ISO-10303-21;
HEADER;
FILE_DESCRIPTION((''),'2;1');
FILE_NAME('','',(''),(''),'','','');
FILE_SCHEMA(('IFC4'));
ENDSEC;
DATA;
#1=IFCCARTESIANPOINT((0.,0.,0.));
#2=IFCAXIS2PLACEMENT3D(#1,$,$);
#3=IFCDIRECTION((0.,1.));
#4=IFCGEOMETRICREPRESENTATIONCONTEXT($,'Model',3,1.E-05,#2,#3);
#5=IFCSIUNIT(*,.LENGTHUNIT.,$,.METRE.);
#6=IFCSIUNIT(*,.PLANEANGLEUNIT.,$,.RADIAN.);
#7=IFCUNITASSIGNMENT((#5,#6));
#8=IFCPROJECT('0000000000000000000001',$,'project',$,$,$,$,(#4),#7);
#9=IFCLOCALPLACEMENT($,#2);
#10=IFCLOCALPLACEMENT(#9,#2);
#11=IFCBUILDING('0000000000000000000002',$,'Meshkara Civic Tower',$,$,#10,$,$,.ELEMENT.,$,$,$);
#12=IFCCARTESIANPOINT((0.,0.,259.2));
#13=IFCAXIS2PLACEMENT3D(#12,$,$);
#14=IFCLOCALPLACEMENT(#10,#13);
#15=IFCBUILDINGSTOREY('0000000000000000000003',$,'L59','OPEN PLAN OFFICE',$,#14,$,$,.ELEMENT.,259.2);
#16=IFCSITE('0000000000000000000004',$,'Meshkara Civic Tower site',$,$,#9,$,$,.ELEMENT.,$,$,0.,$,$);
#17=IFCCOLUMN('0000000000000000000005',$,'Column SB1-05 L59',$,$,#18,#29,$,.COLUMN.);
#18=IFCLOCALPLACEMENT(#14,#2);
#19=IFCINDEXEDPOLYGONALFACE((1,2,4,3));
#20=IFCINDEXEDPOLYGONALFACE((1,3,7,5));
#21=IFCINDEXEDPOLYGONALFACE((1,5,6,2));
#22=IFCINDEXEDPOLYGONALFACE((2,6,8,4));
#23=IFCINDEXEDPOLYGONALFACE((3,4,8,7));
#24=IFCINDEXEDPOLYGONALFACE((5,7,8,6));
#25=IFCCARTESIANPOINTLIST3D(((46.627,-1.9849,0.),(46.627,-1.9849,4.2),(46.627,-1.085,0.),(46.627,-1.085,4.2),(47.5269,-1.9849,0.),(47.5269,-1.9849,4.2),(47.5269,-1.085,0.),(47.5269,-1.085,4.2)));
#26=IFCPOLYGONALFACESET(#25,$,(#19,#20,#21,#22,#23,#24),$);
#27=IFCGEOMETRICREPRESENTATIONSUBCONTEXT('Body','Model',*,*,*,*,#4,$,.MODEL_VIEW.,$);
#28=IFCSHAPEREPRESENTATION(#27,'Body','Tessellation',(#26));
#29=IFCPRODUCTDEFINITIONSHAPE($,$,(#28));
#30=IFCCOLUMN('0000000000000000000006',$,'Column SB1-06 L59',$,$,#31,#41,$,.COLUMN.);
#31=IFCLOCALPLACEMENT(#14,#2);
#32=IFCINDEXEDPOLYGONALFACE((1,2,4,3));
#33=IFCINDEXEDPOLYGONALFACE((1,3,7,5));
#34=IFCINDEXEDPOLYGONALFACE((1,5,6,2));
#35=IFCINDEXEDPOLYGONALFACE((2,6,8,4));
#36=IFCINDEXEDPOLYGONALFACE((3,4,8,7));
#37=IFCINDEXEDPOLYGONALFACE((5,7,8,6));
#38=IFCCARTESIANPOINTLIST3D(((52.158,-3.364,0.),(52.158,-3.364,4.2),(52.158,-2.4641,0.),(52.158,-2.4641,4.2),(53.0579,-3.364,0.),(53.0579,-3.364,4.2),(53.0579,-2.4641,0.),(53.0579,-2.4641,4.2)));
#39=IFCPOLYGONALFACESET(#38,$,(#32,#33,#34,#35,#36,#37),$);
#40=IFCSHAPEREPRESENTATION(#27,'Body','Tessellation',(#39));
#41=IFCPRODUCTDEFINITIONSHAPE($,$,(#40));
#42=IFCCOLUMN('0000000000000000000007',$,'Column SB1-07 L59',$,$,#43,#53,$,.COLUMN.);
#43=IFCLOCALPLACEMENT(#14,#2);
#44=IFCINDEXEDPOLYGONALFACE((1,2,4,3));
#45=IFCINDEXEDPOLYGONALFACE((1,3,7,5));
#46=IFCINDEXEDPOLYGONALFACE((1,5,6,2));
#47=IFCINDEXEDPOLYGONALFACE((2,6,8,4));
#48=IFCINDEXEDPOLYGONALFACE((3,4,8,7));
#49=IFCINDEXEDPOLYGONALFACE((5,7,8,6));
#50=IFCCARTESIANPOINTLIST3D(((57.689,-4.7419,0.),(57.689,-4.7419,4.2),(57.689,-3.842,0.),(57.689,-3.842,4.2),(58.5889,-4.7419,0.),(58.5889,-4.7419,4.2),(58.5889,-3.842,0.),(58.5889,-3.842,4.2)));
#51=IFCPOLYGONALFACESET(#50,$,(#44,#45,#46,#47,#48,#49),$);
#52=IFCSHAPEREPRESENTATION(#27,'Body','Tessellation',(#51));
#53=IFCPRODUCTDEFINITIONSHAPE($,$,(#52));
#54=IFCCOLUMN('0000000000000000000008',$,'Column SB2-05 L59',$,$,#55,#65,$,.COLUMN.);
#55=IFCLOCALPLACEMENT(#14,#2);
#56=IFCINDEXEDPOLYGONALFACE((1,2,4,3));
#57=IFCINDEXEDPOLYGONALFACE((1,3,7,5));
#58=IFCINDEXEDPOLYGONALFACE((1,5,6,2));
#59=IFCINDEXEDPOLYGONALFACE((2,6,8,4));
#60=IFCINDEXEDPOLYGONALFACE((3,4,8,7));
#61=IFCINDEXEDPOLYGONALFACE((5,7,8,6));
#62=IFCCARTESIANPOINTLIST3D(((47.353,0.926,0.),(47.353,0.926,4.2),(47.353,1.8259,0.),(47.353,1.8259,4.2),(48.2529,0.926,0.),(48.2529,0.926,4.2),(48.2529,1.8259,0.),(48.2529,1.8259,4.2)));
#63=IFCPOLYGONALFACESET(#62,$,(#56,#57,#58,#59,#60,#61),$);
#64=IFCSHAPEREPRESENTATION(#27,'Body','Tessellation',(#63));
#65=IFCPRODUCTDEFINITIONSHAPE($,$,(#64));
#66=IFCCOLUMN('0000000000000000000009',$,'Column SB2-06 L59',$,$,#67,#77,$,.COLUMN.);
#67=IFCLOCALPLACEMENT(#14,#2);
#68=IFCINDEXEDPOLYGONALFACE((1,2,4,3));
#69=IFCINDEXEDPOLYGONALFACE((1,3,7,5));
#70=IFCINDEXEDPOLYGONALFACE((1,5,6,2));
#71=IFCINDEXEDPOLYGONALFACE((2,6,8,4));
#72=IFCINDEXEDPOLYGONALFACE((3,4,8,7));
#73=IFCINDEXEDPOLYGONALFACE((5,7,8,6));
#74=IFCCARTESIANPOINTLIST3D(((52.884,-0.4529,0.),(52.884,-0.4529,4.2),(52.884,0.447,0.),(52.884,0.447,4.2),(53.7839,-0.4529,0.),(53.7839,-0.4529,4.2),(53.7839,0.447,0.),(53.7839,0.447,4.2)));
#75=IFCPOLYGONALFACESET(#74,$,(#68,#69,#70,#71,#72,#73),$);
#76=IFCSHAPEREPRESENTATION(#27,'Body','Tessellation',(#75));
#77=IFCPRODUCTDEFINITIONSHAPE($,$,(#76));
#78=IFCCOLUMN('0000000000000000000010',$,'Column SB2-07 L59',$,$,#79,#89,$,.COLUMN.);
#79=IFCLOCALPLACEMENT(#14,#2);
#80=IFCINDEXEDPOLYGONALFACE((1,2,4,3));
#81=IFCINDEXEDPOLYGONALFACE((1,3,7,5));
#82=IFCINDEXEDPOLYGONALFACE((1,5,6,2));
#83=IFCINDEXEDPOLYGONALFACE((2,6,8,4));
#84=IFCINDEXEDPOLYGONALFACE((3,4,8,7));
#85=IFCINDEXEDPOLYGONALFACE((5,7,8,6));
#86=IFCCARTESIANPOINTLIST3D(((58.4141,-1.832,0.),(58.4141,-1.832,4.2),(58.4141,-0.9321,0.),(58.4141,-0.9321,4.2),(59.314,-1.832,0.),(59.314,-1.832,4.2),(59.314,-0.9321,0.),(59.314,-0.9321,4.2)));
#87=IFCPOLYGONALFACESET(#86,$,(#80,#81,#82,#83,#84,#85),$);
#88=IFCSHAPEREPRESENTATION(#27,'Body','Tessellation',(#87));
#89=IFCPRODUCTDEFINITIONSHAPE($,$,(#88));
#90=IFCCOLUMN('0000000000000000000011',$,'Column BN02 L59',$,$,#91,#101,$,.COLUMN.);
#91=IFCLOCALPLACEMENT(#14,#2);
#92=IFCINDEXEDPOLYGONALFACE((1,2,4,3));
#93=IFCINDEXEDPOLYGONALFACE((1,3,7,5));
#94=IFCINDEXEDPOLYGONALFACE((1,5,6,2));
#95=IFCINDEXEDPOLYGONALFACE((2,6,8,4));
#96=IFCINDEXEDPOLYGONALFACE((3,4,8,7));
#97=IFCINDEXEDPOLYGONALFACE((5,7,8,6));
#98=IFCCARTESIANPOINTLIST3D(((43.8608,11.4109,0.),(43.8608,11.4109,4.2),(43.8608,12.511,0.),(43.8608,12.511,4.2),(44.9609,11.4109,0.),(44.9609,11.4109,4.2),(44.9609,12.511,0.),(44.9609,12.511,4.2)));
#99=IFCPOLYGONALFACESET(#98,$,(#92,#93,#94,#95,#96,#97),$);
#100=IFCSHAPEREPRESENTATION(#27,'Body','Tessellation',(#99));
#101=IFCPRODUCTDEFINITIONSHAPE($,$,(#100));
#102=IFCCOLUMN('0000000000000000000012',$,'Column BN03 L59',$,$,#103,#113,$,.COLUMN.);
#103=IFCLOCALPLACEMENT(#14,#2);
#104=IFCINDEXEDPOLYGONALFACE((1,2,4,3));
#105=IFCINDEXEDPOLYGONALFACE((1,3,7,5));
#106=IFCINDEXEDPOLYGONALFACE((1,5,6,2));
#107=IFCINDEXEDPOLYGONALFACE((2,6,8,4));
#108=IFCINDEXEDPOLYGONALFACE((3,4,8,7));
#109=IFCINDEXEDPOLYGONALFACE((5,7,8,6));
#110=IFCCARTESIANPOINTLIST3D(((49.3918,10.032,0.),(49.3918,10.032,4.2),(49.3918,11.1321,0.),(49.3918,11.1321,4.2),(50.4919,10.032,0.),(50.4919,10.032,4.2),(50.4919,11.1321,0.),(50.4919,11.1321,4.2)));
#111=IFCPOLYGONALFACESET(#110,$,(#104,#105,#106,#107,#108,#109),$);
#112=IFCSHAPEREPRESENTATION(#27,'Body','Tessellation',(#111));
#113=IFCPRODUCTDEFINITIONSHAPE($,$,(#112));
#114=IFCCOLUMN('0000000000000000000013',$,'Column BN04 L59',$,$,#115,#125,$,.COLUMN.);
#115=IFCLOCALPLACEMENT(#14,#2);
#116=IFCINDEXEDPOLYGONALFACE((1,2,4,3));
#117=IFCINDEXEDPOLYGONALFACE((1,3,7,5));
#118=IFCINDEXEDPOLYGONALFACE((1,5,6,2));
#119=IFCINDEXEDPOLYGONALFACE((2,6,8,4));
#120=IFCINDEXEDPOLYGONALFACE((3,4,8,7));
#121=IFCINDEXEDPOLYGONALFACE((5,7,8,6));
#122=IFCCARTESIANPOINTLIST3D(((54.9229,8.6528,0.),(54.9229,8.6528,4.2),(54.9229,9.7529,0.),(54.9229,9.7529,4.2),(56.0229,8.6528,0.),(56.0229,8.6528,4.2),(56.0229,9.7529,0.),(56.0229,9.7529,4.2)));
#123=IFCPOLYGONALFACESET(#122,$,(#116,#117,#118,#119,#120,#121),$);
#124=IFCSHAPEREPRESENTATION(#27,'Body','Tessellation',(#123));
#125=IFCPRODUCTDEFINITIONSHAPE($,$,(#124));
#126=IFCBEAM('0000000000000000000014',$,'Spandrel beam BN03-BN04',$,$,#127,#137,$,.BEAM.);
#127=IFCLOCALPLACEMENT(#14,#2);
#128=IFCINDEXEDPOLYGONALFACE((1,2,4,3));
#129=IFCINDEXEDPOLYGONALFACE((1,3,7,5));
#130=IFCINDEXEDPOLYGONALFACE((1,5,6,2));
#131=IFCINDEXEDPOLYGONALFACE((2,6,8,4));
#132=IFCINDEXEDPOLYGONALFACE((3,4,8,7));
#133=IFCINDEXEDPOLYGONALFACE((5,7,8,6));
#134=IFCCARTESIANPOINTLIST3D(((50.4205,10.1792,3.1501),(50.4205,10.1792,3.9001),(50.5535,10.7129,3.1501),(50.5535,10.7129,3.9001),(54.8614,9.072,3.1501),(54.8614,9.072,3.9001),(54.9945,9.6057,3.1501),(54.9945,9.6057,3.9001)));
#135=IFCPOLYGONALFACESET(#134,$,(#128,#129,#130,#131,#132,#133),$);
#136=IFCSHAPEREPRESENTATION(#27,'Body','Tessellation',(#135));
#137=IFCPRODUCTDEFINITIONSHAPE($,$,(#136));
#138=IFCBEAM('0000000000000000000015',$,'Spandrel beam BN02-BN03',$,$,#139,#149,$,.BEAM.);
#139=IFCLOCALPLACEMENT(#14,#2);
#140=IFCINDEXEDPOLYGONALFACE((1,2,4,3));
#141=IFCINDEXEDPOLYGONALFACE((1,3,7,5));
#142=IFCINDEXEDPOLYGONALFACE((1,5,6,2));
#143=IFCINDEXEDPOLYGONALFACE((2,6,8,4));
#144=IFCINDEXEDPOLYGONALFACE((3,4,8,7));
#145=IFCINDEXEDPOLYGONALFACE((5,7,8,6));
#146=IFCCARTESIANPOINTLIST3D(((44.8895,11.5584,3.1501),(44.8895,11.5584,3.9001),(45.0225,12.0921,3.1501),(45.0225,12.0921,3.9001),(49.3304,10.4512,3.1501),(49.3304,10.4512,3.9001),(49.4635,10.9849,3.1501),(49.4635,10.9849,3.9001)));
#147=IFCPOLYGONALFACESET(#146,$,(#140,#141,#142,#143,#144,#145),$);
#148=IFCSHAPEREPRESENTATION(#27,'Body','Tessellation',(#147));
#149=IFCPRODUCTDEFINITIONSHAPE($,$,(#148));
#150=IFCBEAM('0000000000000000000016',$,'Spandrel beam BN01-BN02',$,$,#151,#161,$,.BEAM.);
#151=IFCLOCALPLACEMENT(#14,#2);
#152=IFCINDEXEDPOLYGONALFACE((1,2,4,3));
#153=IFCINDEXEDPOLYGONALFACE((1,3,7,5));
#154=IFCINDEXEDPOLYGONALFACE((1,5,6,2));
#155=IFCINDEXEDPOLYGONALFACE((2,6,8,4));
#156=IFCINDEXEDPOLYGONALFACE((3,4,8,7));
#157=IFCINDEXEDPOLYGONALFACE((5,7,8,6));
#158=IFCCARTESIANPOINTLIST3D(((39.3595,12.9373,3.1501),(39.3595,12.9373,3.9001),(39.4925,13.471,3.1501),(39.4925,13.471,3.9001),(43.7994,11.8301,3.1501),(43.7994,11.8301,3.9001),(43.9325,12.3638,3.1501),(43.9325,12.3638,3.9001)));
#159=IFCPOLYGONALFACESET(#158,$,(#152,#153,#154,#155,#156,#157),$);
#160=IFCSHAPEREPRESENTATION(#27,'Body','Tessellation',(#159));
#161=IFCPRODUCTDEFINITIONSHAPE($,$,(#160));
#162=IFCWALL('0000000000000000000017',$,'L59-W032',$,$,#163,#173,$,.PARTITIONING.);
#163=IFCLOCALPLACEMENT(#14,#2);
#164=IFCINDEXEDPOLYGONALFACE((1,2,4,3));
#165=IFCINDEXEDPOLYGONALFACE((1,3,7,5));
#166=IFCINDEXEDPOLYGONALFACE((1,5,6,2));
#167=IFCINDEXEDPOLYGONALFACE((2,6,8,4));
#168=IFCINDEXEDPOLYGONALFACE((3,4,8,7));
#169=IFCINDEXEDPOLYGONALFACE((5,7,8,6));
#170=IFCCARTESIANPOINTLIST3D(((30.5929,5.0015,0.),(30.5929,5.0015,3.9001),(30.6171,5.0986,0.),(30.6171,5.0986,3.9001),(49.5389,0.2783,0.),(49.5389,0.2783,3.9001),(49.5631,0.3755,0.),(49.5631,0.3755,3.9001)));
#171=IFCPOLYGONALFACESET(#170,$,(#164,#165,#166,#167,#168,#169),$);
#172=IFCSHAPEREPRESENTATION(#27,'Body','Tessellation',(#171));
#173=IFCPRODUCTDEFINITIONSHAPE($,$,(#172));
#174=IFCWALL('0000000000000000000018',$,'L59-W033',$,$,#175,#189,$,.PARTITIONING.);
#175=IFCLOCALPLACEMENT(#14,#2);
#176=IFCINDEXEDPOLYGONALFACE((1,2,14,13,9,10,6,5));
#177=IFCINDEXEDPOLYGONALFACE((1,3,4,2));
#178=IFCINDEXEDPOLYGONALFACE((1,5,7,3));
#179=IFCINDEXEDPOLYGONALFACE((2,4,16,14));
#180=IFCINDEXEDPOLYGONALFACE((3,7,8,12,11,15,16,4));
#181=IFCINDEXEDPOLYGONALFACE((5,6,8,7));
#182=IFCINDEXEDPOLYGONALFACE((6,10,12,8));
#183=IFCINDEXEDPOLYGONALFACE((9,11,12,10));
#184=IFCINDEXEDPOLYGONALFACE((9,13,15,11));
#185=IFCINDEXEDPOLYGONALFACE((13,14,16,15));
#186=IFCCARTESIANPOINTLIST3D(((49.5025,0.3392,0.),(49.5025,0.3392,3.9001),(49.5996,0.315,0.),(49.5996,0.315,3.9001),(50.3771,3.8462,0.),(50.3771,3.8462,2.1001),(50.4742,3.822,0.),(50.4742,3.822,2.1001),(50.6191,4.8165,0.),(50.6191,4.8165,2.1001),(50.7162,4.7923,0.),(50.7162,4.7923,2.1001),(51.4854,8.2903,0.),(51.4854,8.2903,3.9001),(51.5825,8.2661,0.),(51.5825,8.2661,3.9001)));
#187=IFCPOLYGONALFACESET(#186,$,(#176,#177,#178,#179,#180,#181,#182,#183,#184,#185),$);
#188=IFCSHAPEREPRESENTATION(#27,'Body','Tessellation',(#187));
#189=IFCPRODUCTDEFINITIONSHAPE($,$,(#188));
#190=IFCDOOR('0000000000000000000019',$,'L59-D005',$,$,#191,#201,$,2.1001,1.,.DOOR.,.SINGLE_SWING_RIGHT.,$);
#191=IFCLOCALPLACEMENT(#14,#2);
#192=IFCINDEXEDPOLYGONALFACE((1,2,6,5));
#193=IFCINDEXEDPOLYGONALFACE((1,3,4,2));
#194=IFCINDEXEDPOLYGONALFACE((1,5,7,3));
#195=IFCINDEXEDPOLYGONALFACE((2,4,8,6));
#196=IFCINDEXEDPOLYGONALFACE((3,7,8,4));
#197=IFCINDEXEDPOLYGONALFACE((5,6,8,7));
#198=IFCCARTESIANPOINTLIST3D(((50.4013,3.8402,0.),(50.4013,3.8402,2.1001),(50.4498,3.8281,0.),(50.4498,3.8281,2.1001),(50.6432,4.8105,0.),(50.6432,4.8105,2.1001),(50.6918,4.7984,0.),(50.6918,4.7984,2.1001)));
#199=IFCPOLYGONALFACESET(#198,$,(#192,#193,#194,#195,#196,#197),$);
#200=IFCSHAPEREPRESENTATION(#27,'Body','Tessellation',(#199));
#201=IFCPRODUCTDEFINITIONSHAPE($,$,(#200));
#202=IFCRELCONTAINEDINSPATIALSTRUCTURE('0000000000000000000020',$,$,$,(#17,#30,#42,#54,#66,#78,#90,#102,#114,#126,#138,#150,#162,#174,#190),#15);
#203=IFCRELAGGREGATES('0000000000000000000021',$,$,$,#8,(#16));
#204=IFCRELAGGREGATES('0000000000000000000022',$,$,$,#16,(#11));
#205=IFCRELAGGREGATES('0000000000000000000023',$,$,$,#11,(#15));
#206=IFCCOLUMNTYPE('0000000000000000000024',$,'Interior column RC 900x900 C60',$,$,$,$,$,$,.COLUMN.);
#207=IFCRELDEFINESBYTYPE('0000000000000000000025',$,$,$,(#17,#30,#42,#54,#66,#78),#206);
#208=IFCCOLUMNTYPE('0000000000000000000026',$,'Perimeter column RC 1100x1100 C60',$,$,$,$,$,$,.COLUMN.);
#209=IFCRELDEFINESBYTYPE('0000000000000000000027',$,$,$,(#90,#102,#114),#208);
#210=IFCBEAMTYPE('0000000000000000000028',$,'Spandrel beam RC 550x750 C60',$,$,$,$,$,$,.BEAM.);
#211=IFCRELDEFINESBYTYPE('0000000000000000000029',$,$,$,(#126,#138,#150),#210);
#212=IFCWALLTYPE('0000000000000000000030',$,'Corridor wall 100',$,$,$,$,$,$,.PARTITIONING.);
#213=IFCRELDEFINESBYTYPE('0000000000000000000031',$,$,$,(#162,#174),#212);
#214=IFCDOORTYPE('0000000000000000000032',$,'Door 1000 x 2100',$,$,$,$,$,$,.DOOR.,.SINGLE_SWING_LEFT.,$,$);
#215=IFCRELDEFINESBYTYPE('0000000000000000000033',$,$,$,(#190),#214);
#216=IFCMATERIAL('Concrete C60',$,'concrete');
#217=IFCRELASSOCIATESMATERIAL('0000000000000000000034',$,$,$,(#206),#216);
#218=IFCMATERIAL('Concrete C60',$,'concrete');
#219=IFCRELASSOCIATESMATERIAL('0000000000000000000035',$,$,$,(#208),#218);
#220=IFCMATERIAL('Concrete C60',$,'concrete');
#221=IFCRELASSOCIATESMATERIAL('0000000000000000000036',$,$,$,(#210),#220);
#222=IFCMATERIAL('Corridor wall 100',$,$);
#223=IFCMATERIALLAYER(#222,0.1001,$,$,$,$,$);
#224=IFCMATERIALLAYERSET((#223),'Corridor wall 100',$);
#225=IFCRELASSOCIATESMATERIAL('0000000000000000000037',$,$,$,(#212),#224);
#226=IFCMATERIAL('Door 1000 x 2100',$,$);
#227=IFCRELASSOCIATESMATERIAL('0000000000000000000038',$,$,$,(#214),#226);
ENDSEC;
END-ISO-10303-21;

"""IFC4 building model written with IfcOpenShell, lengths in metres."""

from ifc_helpers import new_model, si_unit, direction, frame, frame_2d, origin, origin_2d, place, context, subcontext, project, spatial, rectangle, extrude, material, layer, layer_set, material_profile, profile_set, type_object, element, fill, save


model = new_model("IFC4")

# Units and contexts
model_context = context("Model", 3, precision=1e-05, world=origin(), true_north=direction((0.0, 1.0)))
body_context = subcontext(model_context, "Body", "Model", "MODEL_VIEW")
ifc_project = project(units=[si_unit("LENGTHUNIT", "METRE"), si_unit("PLANEANGLEUNIT", "RADIAN")], contexts=[model_context])

# Site, building, storey
site_placement = place(None, origin())
site = spatial("IfcSite", under=ifc_project, at=site_placement, Name="Meshkara Civic Tower site", CompositionType="ELEMENT", RefElevation=0.0)
building_placement = place(site_placement, origin())
building = spatial("IfcBuilding", under=site, at=building_placement, Name="Meshkara Civic Tower", CompositionType="ELEMENT")
storey_placement = place(building_placement, frame((0.0, 0.0, 259.2)))
storey = spatial("IfcBuildingStorey", under=building, at=storey_placement, Name="L59", Description="OPEN PLAN OFFICE", CompositionType="ELEMENT", Elevation=259.2)

# Columns
ifc_material_1 = material(Name="Concrete C60", Category="concrete")
ifc_material_profile_1 = material_profile(ifc_material_1, rectangle(XDim=0.8999, YDim=0.8999, at=origin_2d()))
ifc_profile_set_1 = profile_set([ifc_material_profile_1], Name="Concrete C60")
column_type_1 = type_object("IfcColumnType", Name="Interior column RC 900x900 C60", PredefinedType="COLUMN", material=ifc_profile_set_1)
for number, where, z_axis, x_axis, name in (
    (1, (47.0769, -1.5349, 0.0), (0.0, 0.0, 1.0), (1.0, 0.0, 0.0), "Column SB1-05 L59"),
    (2, (52.6079, -2.9141, 0.0), (0.0, 0.0, 1.0), (1.0, 0.0, 0.0), "Column SB1-06 L59"),
    (3, (58.1389, -4.292, 0.0), (0.0, 0.0, 1.0), (1.0, 0.0, 0.0), "Column SB1-07 L59"),
    (4, (47.803, 1.376, 0.0), (0.0, 0.0, 1.0), (1.0, 0.0, 0.0), "Column SB2-05 L59"),
    (5, (53.334, -0.0029, 0.0), (0.0, 0.0, 1.0), (1.0, 0.0, 0.0), "Column SB2-06 L59"),
    (6, (58.864, -1.3821, 0.0), (0.0, 0.0, 1.0), (1.0, 0.0, 0.0), "Column SB2-07 L59"),
):
    element("IfcColumn", number, at=place(storey_placement, frame(where, z_axis=z_axis, x_axis=x_axis)), inside=storey, type_object=column_type_1, Name=name, PredefinedType="COLUMN", context=body_context, shape_type="SweptSolid", body=[
        extrude(rectangle(XDim=0.8999, YDim=0.8999, at=origin_2d()), origin(), (0.0, 0.0, 1.0), 4.2),
    ])
ifc_material_2 = material(Name="Concrete C60", Category="concrete")
ifc_material_profile_2 = material_profile(ifc_material_2, rectangle(XDim=1.1001, YDim=1.1001, at=origin_2d()))
ifc_profile_set_2 = profile_set([ifc_material_profile_2], Name="Concrete C60")
column_type_2 = type_object("IfcColumnType", Name="Perimeter column RC 1100x1100 C60", PredefinedType="COLUMN", material=ifc_profile_set_2)
for number, where, z_axis, x_axis, name in (
    (7, (44.4109, 11.9609, 0.0), (0.0, 0.0, 1.0), (1.0, 0.0, 0.0), "Column BN02 L59"),
    (8, (49.9419, 10.582, 0.0), (0.0, 0.0, 1.0), (1.0, 0.0, 0.0), "Column BN03 L59"),
    (9, (55.4729, 9.2029, 0.0), (0.0, 0.0, 1.0), (1.0, 0.0, 0.0), "Column BN04 L59"),
):
    element("IfcColumn", number, at=place(storey_placement, frame(where, z_axis=z_axis, x_axis=x_axis)), inside=storey, type_object=column_type_2, Name=name, PredefinedType="COLUMN", context=body_context, shape_type="SweptSolid", body=[
        extrude(rectangle(XDim=1.1001, YDim=1.1001, at=origin_2d()), origin(), (0.0, 0.0, 1.0), 4.2),
    ])

# Beams
ifc_material_3 = material(Name="Concrete C60", Category="concrete")
ifc_material_profile_3 = material_profile(ifc_material_3, rectangle(XDim=0.55, YDim=0.75, at=origin_2d()))
ifc_profile_set_3 = profile_set([ifc_material_profile_3], Name="Concrete C60")
beam_type = type_object("IfcBeamType", Name="Spandrel beam RC 550x750 C60", PredefinedType="BEAM", material=ifc_profile_set_3)
for number, where, z_axis, x_axis, name in (
    (10, (54.928, 9.3389, 3.5251), (-0.970299, 0.241908, 0.0), (-0.241908, -0.970299, 0.0), "Spandrel beam BN03-BN04"),
    (11, (49.397, 10.718, 3.5251), (-0.970299, 0.241908, 0.0), (-0.241908, -0.970299, 0.0), "Spandrel beam BN02-BN03"),
):
    element("IfcBeam", number, at=place(storey_placement, frame(where, z_axis=z_axis, x_axis=x_axis)), inside=storey, type_object=beam_type, Name=name, PredefinedType="BEAM", context=body_context, shape_type="SweptSolid", body=[
        extrude(rectangle(XDim=0.55, YDim=0.75, at=origin_2d()), origin(), (0.0, 0.0, 1.0), 4.5769),
    ])
beam_placement = place(storey_placement, frame((43.866, 12.0969, 3.5251), z_axis=(-0.970287, 0.241958, 0.0), x_axis=(-0.241958, -0.970287, 0.0)))
element("IfcBeam", 12, at=beam_placement, inside=storey, type_object=beam_type, Name="Spandrel beam BN01-BN02", PredefinedType="BEAM", context=body_context, shape_type="SweptSolid", body=[
    extrude(rectangle(XDim=0.55, YDim=0.75, at=origin_2d()), origin(), (0.0, 0.0, 1.0), 4.5759),
])

# Wall
ifc_material_4 = material(Name="Corridor wall 100")
ifc_layer_1 = layer(ifc_material_4, 0.1001)
ifc_layer_set_1 = layer_set([ifc_layer_1], Name="Corridor wall 100")
wall_type_1 = type_object("IfcWallType", Name="Corridor wall 100", PredefinedType="PARTITIONING", material=ifc_layer_set_1)
wall_1_placement = place(storey_placement, frame((49.551, 0.3269, 0.0), z_axis=(0.0, 0.0, 1.0), x_axis=(-0.970303, 0.241891, 0.0)))
element("IfcWall", 13, at=wall_1_placement, inside=storey, type_object=wall_type_1, Name="L59-W032", PredefinedType="PARTITIONING", context=body_context, shape_type="SweptSolid", body=[
    extrude(rectangle(XDim=19.5259, YDim=0.1001, at=frame_2d((9.7629, 0.0))), origin(), (0.0, 0.0, 1.0), 3.9001),
])

# Wall, opening, door
wall_2_placement = place(storey_placement, frame((51.5339, 8.2781, 0.0), z_axis=(0.0, 0.0, 1.0), x_axis=(-0.241975, -0.970283, 0.0)))
wall_2 = element("IfcWall", 14, at=wall_2_placement, inside=storey, type_object=wall_type_1, Name="L59-W033", PredefinedType="PARTITIONING", context=body_context, shape_type="SweptSolid", body=[
    extrude(rectangle(XDim=8.1946, YDim=0.1001, at=frame_2d((4.0972, 0.0))), origin(), (0.0, 0.0, 1.0), 3.9001),
])
opening_1_placement = place(wall_2_placement, frame((3.5801, 0.0, 0.0)))
opening_1 = element("IfcOpeningElement", 15, at=opening_1_placement, cuts=wall_2, PredefinedType="OPENING", context=body_context, shape_type="SweptSolid", body=[
    extrude(rectangle(XDim=1.0, YDim=2.1001, at=frame_2d((0.5, 1.05))), frame((0.0, 0.0601, 0.0), z_axis=(0.0, -1.0, 0.0), x_axis=(1.0, 0.0, 0.0)), (0.0, 0.0, 1.0), 0.1201),
])
ifc_material_5 = material(Name="Door 1000 x 2100")
door_type_1 = type_object("IfcDoorType", Name="Door 1000 x 2100", OperationType="SINGLE_SWING_LEFT", PredefinedType="DOOR", material=ifc_material_5)
door_1_placement = place(opening_1_placement, origin())
door_1 = element("IfcDoor", 16, at=door_1_placement, inside=storey, type_object=door_type_1, Name="L59-D005", OperationType="SINGLE_SWING_RIGHT", OverallHeight=2.1001, OverallWidth=1.0, PredefinedType="DOOR", context=body_context, shape_type="SweptSolid", body=[
    extrude(rectangle(XDim=1.0, YDim=2.1001, at=frame_2d((0.5, 1.05))), frame((0.0, 0.0249, 0.0), z_axis=(0.0, -1.0, 0.0), x_axis=(1.0, 0.0, 0.0)), (0.0, 0.0, 1.0), 0.05),
])
fill(opening_1, door_1)

save(model, "model.ifc")
